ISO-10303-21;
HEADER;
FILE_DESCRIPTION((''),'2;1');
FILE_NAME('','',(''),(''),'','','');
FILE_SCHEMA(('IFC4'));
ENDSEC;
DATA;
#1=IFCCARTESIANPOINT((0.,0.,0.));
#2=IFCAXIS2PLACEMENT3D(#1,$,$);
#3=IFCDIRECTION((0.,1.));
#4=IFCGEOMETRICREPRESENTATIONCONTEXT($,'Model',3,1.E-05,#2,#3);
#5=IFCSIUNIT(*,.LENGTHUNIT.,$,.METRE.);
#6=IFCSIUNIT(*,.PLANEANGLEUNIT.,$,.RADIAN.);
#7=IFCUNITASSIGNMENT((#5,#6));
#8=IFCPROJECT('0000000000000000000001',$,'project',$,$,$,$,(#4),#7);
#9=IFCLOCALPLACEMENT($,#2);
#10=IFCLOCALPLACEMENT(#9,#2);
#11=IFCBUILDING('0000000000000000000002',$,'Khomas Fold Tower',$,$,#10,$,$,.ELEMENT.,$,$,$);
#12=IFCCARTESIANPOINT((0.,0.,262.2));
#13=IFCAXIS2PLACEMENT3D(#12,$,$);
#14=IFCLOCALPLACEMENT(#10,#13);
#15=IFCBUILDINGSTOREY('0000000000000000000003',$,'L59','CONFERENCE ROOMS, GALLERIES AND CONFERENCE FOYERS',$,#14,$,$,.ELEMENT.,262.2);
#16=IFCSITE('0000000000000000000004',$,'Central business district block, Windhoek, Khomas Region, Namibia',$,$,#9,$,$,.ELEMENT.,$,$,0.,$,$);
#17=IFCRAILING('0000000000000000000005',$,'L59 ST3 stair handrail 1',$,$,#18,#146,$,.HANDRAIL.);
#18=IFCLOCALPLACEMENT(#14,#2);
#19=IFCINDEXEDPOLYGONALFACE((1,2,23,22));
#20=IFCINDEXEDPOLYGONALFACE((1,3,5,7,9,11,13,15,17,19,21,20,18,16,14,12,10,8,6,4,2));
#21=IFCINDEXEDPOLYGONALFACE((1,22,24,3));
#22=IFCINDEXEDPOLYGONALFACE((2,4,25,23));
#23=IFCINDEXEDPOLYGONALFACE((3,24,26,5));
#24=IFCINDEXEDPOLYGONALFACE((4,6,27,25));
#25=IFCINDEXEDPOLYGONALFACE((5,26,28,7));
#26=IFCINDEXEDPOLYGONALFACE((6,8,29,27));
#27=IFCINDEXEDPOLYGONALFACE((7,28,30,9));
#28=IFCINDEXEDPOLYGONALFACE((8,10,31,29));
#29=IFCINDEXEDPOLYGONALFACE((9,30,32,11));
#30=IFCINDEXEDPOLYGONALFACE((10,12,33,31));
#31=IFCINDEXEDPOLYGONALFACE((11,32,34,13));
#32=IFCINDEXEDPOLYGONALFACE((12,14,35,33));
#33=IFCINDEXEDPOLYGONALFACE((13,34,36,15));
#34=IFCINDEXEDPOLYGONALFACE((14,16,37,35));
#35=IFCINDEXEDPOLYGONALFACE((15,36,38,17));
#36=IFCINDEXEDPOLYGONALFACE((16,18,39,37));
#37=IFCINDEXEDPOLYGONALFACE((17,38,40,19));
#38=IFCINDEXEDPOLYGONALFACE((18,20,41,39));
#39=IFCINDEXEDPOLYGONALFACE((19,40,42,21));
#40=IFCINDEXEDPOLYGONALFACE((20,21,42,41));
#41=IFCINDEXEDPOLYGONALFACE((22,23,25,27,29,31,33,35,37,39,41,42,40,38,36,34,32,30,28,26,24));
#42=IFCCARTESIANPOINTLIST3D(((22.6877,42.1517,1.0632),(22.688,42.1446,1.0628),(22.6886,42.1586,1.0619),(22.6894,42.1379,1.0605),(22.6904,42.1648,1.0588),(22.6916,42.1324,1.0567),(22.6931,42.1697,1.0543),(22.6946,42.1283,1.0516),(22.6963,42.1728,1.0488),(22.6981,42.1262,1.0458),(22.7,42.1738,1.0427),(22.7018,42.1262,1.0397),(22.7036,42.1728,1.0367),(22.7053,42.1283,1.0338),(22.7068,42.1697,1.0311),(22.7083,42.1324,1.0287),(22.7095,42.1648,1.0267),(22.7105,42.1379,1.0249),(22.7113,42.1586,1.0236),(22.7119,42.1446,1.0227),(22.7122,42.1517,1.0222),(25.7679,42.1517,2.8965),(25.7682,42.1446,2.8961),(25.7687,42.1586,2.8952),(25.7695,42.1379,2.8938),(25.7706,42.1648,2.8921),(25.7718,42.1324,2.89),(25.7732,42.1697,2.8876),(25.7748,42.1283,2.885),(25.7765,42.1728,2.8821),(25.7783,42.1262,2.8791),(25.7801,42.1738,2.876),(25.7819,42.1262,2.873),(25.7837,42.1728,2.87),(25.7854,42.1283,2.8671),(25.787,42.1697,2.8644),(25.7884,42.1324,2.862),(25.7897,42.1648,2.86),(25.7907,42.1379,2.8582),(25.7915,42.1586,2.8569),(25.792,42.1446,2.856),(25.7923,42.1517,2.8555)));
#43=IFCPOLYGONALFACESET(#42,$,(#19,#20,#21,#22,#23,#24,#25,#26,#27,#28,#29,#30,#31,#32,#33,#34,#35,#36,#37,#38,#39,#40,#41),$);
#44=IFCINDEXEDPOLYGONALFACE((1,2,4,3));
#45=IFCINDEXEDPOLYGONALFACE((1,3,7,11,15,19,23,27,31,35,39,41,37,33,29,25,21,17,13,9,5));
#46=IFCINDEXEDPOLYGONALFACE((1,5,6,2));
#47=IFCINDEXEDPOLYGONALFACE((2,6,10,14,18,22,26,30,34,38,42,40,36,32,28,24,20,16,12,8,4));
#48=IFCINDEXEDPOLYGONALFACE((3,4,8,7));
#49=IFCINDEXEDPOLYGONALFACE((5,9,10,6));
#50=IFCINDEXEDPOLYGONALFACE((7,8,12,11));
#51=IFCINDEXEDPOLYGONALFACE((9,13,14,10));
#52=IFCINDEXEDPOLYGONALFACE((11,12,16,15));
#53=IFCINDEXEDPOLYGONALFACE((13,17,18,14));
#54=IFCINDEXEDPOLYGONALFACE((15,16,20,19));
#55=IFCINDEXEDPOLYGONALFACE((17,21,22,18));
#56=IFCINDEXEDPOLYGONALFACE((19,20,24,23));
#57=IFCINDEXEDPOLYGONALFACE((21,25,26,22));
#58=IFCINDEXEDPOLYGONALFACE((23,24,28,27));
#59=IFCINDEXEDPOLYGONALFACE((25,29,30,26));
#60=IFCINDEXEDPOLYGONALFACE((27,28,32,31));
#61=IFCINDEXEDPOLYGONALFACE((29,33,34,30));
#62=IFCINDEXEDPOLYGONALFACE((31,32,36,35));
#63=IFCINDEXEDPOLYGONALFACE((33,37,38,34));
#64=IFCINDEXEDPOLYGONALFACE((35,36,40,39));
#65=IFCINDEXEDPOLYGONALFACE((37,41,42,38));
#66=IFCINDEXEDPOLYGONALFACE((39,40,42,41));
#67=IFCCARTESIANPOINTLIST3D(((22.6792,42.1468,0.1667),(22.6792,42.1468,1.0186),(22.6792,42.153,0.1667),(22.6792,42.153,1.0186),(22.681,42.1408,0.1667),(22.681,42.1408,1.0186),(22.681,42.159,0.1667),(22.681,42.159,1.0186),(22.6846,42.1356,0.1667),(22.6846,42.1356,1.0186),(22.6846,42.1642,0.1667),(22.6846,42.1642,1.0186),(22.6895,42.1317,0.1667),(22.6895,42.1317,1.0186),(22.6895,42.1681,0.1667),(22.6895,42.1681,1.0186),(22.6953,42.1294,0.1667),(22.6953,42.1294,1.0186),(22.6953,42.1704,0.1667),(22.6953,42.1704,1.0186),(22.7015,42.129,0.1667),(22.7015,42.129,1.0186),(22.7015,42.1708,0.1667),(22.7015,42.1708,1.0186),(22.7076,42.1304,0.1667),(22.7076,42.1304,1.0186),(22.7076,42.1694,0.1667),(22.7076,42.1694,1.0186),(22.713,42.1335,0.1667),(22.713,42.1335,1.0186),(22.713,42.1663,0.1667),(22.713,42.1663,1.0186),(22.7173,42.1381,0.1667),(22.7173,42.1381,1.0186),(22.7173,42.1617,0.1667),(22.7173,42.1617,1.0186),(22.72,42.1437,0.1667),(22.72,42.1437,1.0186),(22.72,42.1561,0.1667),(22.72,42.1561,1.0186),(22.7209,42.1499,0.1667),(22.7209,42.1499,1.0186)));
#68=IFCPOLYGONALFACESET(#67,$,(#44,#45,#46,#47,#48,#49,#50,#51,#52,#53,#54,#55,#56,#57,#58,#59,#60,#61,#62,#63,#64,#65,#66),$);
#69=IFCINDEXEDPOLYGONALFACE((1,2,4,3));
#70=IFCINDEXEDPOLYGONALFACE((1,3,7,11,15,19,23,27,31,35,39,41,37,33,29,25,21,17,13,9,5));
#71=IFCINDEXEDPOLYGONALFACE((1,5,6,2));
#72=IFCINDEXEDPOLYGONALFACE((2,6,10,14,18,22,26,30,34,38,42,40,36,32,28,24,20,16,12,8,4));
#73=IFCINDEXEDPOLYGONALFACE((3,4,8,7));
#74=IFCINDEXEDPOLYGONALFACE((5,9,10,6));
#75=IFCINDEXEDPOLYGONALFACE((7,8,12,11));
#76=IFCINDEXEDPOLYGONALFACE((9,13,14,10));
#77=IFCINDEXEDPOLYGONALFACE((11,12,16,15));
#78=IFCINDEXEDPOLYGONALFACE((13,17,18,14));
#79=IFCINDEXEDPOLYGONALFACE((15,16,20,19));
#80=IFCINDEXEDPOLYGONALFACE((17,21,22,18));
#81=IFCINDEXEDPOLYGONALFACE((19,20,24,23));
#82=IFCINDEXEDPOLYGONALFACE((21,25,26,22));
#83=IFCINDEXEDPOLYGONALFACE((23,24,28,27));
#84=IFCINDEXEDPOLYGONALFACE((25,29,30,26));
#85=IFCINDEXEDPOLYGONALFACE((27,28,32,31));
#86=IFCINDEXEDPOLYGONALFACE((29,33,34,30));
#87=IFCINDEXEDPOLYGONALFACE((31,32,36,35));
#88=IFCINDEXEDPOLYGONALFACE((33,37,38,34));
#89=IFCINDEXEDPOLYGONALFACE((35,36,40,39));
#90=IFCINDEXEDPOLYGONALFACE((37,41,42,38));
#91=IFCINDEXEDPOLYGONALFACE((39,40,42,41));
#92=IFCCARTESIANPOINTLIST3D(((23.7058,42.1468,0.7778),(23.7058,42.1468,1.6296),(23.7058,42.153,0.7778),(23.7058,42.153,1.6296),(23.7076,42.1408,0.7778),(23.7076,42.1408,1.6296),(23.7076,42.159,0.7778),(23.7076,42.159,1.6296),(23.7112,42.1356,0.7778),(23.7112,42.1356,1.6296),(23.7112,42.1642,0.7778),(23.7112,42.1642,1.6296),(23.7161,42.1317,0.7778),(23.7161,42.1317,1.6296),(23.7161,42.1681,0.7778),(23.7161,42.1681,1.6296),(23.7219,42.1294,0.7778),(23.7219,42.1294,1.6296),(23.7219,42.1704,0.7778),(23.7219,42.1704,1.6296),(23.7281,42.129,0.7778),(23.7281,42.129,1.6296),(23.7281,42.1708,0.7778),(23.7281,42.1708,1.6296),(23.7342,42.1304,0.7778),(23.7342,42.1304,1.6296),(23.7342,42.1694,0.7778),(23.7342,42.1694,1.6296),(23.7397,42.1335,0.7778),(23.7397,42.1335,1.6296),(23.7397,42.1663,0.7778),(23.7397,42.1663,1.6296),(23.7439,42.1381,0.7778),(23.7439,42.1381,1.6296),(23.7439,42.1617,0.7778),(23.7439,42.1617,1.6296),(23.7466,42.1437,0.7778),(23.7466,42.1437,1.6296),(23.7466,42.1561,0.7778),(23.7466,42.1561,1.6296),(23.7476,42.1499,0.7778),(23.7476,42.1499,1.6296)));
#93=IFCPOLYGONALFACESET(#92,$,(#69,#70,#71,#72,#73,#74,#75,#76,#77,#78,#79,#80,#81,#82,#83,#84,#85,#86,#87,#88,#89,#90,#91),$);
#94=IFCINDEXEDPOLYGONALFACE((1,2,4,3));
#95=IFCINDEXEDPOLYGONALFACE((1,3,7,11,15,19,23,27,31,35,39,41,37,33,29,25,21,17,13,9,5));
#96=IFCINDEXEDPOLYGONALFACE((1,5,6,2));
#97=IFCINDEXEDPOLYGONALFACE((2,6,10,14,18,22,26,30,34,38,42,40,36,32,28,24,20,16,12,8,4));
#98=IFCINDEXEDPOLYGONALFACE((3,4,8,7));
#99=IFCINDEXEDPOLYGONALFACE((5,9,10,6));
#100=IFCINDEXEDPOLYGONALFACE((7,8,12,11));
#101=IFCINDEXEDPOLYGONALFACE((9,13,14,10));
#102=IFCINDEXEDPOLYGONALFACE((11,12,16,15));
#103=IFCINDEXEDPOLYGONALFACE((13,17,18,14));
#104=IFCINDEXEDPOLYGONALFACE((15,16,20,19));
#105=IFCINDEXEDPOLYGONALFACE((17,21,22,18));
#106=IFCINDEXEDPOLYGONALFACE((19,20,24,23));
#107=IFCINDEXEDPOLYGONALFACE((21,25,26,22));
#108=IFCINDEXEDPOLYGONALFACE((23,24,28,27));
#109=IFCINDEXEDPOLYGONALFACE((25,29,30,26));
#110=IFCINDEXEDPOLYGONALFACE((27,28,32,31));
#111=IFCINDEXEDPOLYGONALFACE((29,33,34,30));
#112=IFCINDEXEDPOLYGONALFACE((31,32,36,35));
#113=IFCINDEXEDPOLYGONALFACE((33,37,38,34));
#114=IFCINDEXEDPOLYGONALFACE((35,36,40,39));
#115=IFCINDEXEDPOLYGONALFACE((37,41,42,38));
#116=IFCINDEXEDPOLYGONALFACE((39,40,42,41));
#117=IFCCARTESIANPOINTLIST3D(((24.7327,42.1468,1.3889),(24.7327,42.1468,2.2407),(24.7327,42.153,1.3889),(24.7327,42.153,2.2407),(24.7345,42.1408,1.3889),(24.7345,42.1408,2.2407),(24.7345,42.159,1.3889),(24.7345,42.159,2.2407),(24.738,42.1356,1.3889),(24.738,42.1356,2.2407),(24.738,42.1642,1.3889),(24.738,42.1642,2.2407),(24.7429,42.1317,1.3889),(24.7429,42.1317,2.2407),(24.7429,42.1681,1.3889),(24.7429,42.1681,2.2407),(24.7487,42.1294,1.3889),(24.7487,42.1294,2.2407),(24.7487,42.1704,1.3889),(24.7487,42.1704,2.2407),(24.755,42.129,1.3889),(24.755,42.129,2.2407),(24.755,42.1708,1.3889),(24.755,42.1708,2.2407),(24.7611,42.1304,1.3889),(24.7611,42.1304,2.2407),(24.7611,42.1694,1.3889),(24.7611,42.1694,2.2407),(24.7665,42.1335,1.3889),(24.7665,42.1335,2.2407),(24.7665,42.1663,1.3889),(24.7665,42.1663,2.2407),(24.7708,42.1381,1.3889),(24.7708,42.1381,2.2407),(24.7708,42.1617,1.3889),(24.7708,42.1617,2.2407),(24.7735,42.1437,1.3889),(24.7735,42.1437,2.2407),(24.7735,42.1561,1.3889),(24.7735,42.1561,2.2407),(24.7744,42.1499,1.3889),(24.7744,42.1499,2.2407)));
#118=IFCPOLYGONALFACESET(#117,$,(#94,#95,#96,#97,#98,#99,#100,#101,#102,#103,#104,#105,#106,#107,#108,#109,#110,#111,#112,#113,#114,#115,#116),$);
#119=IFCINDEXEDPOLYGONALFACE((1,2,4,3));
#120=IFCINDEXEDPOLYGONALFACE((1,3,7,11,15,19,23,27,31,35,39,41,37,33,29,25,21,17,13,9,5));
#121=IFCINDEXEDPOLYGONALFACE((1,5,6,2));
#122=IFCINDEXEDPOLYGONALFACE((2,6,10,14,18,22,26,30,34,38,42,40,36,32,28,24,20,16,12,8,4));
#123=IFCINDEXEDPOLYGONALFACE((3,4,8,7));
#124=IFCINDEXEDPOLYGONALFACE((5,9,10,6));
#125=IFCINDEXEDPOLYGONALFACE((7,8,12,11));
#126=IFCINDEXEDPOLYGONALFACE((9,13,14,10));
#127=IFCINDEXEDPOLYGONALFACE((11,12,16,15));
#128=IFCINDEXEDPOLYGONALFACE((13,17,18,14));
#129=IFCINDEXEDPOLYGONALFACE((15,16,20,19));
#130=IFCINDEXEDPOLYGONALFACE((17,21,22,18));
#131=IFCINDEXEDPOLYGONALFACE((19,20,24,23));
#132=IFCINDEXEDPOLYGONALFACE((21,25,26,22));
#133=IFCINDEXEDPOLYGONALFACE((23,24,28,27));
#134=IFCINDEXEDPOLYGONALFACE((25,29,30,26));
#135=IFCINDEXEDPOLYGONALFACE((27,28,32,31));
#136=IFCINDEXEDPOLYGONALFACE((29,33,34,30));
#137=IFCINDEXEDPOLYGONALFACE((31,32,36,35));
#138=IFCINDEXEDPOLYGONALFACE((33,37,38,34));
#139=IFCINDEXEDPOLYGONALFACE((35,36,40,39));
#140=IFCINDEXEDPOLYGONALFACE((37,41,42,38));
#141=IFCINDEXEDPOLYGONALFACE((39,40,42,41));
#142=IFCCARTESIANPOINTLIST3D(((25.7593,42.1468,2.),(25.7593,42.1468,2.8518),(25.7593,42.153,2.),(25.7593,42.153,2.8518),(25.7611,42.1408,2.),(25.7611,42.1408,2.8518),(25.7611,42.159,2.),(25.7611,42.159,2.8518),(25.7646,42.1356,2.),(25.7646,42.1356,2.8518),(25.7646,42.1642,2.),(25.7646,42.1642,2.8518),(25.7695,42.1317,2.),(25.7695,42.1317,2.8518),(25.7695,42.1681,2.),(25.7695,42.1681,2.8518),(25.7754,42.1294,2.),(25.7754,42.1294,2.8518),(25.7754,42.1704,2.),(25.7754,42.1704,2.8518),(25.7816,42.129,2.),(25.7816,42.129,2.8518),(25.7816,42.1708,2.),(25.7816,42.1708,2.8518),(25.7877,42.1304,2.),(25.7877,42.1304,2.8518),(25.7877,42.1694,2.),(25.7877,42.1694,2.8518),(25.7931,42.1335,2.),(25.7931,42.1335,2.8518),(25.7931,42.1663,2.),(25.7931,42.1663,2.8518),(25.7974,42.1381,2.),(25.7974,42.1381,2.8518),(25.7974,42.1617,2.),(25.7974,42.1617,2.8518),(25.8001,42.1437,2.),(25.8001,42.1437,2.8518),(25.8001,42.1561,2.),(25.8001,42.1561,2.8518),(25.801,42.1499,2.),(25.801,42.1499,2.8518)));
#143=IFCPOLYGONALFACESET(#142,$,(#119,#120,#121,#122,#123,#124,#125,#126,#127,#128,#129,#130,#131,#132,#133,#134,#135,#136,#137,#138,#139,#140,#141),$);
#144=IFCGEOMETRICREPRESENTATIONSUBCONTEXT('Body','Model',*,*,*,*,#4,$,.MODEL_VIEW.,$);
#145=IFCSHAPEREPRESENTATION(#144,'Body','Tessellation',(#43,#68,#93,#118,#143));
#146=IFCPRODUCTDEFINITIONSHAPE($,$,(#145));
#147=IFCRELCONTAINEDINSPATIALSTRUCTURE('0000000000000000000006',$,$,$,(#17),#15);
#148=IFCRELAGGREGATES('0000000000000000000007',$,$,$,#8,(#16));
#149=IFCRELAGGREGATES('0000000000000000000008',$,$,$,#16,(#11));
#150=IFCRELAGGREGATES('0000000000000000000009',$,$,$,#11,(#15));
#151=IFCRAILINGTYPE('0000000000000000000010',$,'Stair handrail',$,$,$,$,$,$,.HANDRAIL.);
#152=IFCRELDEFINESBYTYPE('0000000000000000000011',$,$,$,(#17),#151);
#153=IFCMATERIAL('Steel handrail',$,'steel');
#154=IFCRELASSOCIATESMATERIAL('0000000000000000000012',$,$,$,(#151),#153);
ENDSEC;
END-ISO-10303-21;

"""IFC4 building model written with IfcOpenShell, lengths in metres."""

from ifc_helpers import new_model, si_unit, direction, frame, origin, origin_2d, place, context, subcontext, project, spatial, circle, extrude, source, transform, mapped, material, type_object, element, save


model = new_model("IFC4")

# Units and contexts
model_context = context("Model", 3, precision=1e-05, world=origin(), true_north=direction((0.0, 1.0)))
body_context = subcontext(model_context, "Body", "Model", "MODEL_VIEW")
ifc_project = project(units=[si_unit("LENGTHUNIT", "METRE"), si_unit("PLANEANGLEUNIT", "RADIAN")], contexts=[model_context])

# Site, building, storey
site_placement = place(None, origin())
site = spatial("IfcSite", under=ifc_project, at=site_placement, Name="Central business district block, Windhoek, Khomas Region, Namibia", CompositionType="ELEMENT", RefElevation=0.0)
building_placement = place(site_placement, origin())
building = spatial("IfcBuilding", under=site, at=building_placement, Name="Khomas Fold Tower", CompositionType="ELEMENT")
storey_placement = place(building_placement, frame((0.0, 0.0, 262.2)))
storey = spatial("IfcBuildingStorey", under=building, at=storey_placement, Name="L59", Description="CONFERENCE ROOMS, GALLERIES AND CONFERENCE FOYERS", CompositionType="ELEMENT", Elevation=262.2)

# Railing
ifc_material_1 = material(Name="Steel handrail", Category="steel")
railing_type = type_object("IfcRailingType", Name="Stair handrail", PredefinedType="HANDRAIL", material=ifc_material_1)
shared_shape_1 = source(origin(), body_context, "Body", "SweptSolid", [
    extrude(circle(Radius=0.0239, at=origin_2d()), frame((0.0, 0.0, 0.876), z_axis=(0.859309, 0.0, 0.511458), x_axis=(0.0, 1.0, 0.0)), (0.0, 0.0, 1.0), 3.5845),
    extrude(circle(Radius=0.021, at=origin_2d()), origin(), (0.0, 0.0, 1.0), 0.8518),
    extrude(circle(Radius=0.021, at=origin_2d()), frame((1.0266, 0.0, 0.6111)), (0.0, 0.0, 1.0), 0.8518),
    extrude(circle(Radius=0.021, at=origin_2d()), frame((2.0535, 0.0, 1.2222)), (0.0, 0.0, 1.0), 0.8518),
    extrude(circle(Radius=0.021, at=origin_2d()), frame((3.0801, 0.0, 1.8333)), (0.0, 0.0, 1.0), 0.8518),
])
railing_placement = place(storey_placement, frame((22.7, 42.1499, 0.1667)))
element("IfcRailing", 1, at=railing_placement, inside=storey, type_object=railing_type, Name="L59 ST3 stair handrail 1", PredefinedType="HANDRAIL", context=body_context, shape_type="MappedRepresentation", body=[
    mapped(shared_shape_1, transform((0.0, 0.0, 0.0))),
])

save(model, "model.ifc")
